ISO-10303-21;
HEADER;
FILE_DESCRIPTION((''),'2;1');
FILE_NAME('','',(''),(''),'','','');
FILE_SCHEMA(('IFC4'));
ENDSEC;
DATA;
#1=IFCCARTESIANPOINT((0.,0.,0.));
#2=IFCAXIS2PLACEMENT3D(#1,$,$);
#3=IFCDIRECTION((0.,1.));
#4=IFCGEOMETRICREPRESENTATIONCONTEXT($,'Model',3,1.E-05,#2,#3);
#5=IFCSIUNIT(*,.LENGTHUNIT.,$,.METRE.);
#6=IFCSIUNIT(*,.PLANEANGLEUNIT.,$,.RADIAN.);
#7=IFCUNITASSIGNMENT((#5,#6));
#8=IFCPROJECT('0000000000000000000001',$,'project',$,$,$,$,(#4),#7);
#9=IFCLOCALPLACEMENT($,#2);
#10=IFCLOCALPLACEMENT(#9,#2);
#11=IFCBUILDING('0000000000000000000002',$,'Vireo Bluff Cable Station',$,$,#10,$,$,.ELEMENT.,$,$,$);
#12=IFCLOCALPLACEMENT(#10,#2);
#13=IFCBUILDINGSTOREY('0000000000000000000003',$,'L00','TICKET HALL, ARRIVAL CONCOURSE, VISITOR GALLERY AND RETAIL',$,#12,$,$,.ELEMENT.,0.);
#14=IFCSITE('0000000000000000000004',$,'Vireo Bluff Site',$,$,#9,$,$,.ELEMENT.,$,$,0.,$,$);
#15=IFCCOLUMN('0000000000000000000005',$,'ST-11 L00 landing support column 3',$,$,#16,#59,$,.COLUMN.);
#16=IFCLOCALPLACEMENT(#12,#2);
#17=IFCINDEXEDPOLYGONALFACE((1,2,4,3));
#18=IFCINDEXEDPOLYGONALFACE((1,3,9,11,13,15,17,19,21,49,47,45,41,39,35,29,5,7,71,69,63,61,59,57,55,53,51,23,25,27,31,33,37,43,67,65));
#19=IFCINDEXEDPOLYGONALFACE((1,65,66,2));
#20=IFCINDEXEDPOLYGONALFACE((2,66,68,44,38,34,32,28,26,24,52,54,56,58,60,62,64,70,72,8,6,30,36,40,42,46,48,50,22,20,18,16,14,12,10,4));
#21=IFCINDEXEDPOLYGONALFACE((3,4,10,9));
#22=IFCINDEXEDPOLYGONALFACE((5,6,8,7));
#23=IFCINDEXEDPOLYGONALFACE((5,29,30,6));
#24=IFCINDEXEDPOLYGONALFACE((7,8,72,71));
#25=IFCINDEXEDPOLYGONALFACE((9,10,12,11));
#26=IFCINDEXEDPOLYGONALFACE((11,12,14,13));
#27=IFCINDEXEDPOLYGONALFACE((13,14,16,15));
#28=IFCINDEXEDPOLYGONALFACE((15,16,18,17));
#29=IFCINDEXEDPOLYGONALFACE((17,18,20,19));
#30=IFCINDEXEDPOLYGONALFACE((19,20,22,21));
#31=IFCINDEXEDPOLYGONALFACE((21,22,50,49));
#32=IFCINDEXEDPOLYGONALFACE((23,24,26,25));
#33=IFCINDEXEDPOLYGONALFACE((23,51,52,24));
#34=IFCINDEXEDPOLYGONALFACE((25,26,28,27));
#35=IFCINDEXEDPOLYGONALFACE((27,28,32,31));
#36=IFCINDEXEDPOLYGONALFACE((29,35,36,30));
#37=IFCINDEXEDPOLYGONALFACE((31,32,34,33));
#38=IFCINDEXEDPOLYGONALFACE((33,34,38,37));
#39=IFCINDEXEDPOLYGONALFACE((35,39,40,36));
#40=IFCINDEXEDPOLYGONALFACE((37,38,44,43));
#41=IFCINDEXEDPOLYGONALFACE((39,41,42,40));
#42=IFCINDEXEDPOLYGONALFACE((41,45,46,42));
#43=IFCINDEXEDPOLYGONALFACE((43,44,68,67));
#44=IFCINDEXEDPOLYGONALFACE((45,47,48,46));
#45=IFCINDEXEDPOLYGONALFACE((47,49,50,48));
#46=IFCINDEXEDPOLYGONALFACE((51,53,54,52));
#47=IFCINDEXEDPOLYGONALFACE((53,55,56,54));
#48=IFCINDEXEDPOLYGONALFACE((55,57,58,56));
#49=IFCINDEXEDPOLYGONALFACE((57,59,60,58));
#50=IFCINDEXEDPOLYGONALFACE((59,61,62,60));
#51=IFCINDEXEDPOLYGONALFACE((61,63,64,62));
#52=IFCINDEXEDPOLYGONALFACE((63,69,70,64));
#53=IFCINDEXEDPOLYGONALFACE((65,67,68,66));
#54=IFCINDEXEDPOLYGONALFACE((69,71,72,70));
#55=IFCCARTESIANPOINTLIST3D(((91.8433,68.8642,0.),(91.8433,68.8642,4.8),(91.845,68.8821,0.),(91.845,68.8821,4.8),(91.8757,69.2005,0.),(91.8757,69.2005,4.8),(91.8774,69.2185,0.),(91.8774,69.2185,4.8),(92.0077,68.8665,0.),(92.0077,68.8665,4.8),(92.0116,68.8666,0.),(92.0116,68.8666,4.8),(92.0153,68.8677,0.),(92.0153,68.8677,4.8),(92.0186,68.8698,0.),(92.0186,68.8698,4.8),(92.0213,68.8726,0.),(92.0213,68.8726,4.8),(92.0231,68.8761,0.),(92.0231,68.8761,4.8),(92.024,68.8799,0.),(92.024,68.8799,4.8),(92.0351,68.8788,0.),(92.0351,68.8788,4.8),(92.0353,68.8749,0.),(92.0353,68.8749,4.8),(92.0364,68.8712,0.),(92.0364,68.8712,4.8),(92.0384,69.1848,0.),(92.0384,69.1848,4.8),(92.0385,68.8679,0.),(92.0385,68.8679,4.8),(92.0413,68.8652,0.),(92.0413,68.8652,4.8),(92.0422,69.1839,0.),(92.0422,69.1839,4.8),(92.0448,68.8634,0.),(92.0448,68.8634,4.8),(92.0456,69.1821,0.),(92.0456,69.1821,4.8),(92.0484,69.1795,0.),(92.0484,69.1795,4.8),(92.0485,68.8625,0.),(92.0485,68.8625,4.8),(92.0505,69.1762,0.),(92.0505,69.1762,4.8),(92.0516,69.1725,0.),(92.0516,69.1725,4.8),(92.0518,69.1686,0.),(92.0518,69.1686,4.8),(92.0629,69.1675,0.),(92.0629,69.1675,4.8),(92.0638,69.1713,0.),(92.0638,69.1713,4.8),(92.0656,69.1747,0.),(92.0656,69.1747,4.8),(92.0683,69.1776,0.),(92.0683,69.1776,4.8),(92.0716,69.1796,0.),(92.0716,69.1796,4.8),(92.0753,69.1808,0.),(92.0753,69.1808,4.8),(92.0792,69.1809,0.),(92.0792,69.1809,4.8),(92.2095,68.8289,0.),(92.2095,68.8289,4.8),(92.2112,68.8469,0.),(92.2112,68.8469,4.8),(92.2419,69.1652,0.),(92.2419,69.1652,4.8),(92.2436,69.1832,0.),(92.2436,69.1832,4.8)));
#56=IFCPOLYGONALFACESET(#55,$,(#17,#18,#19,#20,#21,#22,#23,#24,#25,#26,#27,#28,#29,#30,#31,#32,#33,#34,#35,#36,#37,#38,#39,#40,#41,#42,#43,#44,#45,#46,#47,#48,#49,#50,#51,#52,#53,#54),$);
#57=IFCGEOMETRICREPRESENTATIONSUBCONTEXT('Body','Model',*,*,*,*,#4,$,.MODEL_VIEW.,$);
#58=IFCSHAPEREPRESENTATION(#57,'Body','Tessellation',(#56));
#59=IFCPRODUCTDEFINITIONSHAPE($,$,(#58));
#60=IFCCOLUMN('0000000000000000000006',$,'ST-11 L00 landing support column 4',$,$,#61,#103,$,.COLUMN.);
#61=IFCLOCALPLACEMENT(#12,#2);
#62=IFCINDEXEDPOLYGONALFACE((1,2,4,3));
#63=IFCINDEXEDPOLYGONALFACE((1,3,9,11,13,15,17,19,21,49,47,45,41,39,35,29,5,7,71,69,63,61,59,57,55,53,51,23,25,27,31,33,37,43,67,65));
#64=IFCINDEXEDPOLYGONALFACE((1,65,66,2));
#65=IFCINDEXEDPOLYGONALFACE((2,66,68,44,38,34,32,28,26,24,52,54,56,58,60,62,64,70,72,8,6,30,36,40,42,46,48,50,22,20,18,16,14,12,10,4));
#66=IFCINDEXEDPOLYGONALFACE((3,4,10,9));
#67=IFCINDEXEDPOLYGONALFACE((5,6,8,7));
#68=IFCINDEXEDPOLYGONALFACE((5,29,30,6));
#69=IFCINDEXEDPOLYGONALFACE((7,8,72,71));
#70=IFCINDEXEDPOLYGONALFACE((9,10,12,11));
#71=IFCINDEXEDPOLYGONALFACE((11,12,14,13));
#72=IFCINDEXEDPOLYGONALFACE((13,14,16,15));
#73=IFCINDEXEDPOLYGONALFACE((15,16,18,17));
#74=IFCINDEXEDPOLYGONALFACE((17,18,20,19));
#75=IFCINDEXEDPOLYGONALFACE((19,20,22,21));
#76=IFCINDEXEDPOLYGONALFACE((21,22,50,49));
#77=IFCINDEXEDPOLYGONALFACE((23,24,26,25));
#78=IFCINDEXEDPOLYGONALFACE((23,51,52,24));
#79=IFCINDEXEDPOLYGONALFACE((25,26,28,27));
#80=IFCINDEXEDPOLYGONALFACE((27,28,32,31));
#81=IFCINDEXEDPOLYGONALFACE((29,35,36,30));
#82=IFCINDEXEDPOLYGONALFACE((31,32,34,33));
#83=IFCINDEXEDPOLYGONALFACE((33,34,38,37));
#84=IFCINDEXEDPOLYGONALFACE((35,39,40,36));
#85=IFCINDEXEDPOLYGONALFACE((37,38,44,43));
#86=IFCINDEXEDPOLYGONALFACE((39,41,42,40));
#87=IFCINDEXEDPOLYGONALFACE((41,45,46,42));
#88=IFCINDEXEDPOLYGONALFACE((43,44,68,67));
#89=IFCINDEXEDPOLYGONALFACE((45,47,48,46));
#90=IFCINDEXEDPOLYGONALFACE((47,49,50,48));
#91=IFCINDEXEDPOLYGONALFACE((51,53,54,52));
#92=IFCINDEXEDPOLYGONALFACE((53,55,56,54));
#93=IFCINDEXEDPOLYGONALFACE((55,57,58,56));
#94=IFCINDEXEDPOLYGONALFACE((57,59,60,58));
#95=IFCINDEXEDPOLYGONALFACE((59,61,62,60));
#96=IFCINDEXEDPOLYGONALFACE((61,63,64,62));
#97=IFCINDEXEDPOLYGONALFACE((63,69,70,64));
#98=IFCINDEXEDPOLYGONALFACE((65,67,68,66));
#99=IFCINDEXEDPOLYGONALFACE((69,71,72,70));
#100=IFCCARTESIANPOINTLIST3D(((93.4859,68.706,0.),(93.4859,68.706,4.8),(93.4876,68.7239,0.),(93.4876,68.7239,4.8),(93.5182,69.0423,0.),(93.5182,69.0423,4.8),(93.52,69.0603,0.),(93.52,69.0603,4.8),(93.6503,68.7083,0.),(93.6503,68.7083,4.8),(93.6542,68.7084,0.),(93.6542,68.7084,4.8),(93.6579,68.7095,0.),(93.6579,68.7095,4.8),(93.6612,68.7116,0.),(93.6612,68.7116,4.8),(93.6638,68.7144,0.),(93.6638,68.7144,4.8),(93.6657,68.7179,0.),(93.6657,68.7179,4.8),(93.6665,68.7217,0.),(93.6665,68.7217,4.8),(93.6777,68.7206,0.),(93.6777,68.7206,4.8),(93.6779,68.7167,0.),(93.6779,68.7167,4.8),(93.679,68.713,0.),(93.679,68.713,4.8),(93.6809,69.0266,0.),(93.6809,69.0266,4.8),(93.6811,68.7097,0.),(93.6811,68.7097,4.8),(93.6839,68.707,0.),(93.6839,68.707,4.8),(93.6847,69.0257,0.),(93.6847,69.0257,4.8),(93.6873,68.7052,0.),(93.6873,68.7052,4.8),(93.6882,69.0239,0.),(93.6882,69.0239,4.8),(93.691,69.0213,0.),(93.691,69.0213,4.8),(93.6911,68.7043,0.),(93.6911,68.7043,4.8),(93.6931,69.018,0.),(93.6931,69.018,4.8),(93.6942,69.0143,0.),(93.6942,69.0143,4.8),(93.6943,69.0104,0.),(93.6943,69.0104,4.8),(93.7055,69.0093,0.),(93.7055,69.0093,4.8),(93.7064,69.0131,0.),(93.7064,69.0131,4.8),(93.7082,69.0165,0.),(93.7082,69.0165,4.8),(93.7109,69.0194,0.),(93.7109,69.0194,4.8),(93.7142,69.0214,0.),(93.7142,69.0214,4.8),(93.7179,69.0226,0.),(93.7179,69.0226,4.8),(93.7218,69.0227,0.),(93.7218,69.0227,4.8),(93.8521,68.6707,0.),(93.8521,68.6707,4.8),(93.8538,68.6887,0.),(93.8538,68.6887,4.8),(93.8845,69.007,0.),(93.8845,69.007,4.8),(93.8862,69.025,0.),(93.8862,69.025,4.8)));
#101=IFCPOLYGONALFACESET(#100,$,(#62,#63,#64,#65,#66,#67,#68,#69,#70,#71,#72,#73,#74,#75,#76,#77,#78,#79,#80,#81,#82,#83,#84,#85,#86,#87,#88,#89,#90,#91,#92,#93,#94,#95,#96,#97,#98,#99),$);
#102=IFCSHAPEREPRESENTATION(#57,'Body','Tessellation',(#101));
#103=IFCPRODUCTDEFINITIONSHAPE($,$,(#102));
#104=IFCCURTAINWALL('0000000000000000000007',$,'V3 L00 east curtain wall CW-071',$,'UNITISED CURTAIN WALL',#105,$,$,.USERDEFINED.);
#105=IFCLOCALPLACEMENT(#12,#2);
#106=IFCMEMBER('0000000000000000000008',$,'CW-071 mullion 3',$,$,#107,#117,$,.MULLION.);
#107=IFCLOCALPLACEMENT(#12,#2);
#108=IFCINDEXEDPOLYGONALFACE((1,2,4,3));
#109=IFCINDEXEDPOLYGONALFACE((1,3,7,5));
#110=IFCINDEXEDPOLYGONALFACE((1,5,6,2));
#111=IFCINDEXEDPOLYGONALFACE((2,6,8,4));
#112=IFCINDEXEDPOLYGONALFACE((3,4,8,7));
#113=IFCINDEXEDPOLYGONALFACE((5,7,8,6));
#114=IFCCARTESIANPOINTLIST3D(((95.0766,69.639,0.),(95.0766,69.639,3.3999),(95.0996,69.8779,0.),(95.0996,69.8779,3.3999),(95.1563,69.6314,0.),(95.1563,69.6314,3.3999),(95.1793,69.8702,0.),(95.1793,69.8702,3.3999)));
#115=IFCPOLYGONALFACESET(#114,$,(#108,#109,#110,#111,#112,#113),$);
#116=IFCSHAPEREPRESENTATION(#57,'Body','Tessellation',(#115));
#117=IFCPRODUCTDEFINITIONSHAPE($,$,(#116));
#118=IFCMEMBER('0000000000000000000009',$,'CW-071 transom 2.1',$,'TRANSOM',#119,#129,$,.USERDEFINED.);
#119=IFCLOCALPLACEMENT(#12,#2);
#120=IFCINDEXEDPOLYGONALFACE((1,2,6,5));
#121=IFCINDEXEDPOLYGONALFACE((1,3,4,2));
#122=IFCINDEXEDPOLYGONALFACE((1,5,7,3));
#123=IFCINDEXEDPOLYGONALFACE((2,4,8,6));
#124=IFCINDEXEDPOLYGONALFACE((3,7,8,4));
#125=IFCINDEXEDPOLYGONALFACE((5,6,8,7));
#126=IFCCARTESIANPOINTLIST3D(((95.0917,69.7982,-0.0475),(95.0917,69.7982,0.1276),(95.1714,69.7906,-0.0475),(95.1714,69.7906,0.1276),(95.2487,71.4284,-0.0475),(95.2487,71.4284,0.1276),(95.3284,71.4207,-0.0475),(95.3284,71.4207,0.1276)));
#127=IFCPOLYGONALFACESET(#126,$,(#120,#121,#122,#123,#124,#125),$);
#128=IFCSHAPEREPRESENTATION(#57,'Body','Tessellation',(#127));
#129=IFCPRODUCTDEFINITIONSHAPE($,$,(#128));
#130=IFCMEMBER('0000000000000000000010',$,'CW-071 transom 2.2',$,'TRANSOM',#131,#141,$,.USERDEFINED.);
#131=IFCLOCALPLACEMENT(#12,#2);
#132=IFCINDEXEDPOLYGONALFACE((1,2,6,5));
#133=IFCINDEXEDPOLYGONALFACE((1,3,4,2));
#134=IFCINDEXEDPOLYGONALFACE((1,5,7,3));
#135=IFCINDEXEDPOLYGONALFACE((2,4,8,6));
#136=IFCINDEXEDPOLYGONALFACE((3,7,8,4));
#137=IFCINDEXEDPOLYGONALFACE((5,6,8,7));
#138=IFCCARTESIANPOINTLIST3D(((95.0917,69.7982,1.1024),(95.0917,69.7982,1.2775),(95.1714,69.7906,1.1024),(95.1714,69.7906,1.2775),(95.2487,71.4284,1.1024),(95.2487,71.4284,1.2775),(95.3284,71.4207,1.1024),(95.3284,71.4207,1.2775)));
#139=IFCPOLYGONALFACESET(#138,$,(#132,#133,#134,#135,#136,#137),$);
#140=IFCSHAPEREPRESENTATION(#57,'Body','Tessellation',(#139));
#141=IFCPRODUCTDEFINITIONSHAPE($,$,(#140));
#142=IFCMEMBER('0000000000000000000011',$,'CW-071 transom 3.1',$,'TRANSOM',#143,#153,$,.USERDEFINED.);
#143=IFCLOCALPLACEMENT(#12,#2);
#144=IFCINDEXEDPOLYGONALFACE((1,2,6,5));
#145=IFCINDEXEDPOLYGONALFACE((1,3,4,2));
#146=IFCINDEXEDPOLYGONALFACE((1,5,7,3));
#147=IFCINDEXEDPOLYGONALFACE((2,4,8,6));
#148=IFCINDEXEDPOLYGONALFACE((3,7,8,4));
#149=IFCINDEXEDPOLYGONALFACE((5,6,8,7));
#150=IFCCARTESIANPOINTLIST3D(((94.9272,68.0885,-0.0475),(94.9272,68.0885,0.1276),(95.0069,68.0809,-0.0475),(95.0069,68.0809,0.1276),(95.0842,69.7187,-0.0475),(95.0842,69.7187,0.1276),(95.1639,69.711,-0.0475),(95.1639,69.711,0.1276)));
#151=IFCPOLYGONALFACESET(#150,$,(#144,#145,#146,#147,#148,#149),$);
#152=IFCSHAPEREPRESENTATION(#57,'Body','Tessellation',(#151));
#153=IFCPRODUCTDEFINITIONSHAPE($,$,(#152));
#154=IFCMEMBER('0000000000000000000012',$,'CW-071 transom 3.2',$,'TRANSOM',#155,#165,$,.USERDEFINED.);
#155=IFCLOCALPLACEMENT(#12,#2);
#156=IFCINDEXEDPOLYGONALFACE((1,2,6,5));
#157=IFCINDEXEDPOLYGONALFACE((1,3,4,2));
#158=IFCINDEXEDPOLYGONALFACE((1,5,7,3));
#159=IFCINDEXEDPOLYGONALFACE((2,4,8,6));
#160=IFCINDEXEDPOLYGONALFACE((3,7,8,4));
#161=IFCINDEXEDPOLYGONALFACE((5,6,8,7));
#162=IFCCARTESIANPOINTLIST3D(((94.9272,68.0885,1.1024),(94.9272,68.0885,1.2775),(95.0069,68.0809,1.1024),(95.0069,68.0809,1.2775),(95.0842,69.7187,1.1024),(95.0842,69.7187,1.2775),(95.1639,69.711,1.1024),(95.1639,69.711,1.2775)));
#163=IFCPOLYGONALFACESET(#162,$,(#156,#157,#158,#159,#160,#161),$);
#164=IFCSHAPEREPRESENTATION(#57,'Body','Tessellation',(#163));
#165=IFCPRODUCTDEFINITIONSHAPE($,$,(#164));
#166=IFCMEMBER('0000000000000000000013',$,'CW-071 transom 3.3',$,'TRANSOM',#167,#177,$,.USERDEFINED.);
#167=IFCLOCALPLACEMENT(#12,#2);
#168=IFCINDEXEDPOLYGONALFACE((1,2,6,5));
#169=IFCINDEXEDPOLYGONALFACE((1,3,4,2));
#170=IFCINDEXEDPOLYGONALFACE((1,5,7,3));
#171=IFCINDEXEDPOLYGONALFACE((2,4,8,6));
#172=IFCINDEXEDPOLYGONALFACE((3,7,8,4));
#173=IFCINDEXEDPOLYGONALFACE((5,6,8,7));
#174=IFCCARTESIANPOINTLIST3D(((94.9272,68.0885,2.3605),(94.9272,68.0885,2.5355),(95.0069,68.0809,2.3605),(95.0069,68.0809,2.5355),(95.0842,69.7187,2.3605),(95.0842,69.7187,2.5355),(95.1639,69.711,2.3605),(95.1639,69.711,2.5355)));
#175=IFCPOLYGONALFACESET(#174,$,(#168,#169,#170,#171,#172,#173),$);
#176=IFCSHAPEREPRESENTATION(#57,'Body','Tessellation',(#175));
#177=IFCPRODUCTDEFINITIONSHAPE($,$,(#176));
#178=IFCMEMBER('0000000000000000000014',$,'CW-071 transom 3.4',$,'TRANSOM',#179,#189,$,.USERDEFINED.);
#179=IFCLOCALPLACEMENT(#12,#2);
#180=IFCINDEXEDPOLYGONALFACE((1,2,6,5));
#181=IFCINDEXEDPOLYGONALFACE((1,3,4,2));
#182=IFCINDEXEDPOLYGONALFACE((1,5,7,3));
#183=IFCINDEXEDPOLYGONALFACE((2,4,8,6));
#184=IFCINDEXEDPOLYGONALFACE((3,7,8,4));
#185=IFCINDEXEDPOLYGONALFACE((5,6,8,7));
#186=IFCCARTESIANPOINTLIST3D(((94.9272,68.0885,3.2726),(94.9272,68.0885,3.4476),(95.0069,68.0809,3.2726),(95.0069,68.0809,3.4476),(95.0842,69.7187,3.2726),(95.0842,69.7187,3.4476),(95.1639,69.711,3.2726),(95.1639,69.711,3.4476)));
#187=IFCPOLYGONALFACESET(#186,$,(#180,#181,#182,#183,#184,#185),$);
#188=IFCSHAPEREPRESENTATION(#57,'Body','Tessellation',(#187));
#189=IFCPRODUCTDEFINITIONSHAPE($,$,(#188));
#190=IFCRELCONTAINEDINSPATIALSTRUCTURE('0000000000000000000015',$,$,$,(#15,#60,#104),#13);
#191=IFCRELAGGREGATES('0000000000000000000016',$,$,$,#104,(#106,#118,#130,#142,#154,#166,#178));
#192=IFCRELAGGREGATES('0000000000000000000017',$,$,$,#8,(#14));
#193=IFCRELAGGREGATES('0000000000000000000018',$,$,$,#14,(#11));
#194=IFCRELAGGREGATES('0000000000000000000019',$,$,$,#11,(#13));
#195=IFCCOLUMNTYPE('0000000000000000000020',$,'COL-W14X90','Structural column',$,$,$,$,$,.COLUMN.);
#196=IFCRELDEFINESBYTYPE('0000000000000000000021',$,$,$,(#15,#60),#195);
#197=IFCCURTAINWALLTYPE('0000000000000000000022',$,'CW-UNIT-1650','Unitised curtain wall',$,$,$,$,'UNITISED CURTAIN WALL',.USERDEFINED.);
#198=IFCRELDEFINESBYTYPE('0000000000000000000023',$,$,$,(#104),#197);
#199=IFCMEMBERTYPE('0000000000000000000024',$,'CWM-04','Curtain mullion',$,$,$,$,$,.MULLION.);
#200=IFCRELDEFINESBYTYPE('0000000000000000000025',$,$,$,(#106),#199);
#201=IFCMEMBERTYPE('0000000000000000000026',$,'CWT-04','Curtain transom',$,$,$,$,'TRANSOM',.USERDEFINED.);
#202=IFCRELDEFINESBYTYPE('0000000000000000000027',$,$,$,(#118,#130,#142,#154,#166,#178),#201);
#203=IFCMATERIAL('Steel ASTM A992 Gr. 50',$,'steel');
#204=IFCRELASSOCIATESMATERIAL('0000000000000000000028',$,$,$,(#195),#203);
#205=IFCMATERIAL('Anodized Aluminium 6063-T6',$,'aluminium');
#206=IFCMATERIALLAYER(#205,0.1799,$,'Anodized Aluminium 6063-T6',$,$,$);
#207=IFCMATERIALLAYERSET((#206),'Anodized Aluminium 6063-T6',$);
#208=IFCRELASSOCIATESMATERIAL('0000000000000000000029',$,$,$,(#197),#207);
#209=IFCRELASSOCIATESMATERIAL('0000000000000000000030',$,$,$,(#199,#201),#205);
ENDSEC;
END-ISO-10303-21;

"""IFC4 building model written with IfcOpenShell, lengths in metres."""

from ifc_helpers import new_model, si_unit, direction, frame, origin, origin_2d, place, context, subcontext, project, spatial, rectangle, i_section, extrude, material, layer, layer_set, material_profile, profile_set, type_object, element, aggregate, save


model = new_model("IFC4")

# Units and contexts
model_context = context("Model", 3, precision=1e-05, world=origin(), true_north=direction((0.0, 1.0)))
body_context = subcontext(model_context, "Body", "Model", "MODEL_VIEW")
ifc_project = project(units=[si_unit("LENGTHUNIT", "METRE"), si_unit("PLANEANGLEUNIT", "RADIAN")], contexts=[model_context])

# Site, building, storey
site_placement = place(None, origin())
site = spatial("IfcSite", under=ifc_project, at=site_placement, Name="Vireo Bluff Site", CompositionType="ELEMENT", RefElevation=0.0)
building_placement = place(site_placement, origin())
building = spatial("IfcBuilding", under=site, at=building_placement, Name="Vireo Bluff Cable Station", CompositionType="ELEMENT")
storey_placement = place(building_placement, origin())
storey = spatial("IfcBuildingStorey", under=building, at=storey_placement, Name="L00", Description="TICKET HALL, ARRIVAL CONCOURSE, VISITOR GALLERY AND RETAIL", CompositionType="ELEMENT", Elevation=0.0)

# Columns
ifc_material_1 = material(Name="Steel ASTM A992 Gr. 50", Category="steel")
ifc_material_profile_1 = material_profile(ifc_material_1, i_section(OverallWidth=0.3679, OverallDepth=0.356, WebThickness=0.0112, FlangeThickness=0.0181, FilletRadius=0.0149, at=origin_2d()), Name="W14X90")
ifc_profile_set_1 = profile_set([ifc_material_profile_1], Name="Steel ASTM A992 Gr. 50")
column_type = type_object("IfcColumnType", Name="COL-W14X90", Description="Structural column", PredefinedType="COLUMN", material=ifc_profile_set_1)
for number, where, z_axis, x_axis, name in (
    (1, (92.0435, 69.0237, 0.0), (0.0, 0.0, 1.0), (0.995396, -0.095846, 0.0), "ST-11 L00 landing support column 3"),
    (2, (93.686, 68.8655, 0.0), (0.0, 0.0, 1.0), (0.995396, -0.095846, 0.0), "ST-11 L00 landing support column 4"),
):
    element("IfcColumn", number, at=place(storey_placement, frame(where, z_axis=z_axis, x_axis=x_axis)), inside=storey, type_object=column_type, Name=name, PredefinedType="COLUMN", context=body_context, shape_type="SweptSolid", body=[
        extrude(i_section(OverallWidth=0.3679, OverallDepth=0.356, WebThickness=0.0112, FlangeThickness=0.0181, FilletRadius=0.0149, at=origin_2d()), origin(), (0.0, 0.0, 1.0), 4.8),
    ])

# Curtain wall, members
ifc_material_2 = material(Name="Anodized Aluminium 6063-T6", Category="aluminium")
ifc_layer_1 = layer(ifc_material_2, 0.1799, Name="Anodized Aluminium 6063-T6")
ifc_layer_set_1 = layer_set([ifc_layer_1], Name="Anodized Aluminium 6063-T6")
curtain_wall_type = type_object("IfcCurtainWallType", Name="CW-UNIT-1650", Description="Unitised curtain wall", ElementType="UNITISED CURTAIN WALL", PredefinedType="USERDEFINED", material=ifc_layer_set_1)
curtain_wall_placement = place(storey_placement, origin())
curtain_wall = element("IfcCurtainWall", 3, at=curtain_wall_placement, inside=storey, type_object=curtain_wall_type, Name="V3 L00 east curtain wall CW-071", ObjectType="UNITISED CURTAIN WALL", PredefinedType="USERDEFINED")
ifc_material_profile_2 = material_profile(ifc_material_2, rectangle(XDim=0.0801, YDim=0.24, at=origin_2d()), Name="ALU-M-80X240")
ifc_profile_set_2 = profile_set([ifc_material_profile_2], Name="Anodized Aluminium 6063-T6")
member_type_1 = type_object("IfcMemberType", Name="CWM-04", Description="Curtain mullion", PredefinedType="MULLION", material=ifc_profile_set_2)
member_1_placement = place(storey_placement, frame((95.1279, 69.7546, 0.0), z_axis=(0.0, 0.0, 1.0), x_axis=(0.995396, -0.095846, 0.0)))
member_1 = element("IfcMember", 4, at=member_1_placement, type_object=member_type_1, Name="CW-071 mullion 3", PredefinedType="MULLION", context=body_context, shape_type="SweptSolid", body=[
    extrude(rectangle(XDim=0.0801, YDim=0.24, at=origin_2d()), origin(), (0.0, 0.0, 1.0), 3.3999),
])
ifc_material_profile_3 = material_profile(ifc_material_2, rectangle(XDim=0.0801, YDim=0.175, at=origin_2d()), Name="ALU-T-80X175")
ifc_profile_set_3 = profile_set([ifc_material_profile_3], Name="Anodized Aluminium 6063-T6")
member_type_2 = type_object("IfcMemberType", Name="CWT-04", Description="Curtain transom", ElementType="TRANSOM", PredefinedType="USERDEFINED", material=ifc_profile_set_3)
member_2_placement = place(storey_placement, frame((95.2886, 71.4246, 0.04), z_axis=(-0.095857, -0.995395, 0.0), x_axis=(0.995395, -0.095857, 0.0)))
member_2 = element("IfcMember", 5, at=member_2_placement, type_object=member_type_2, Name="CW-071 transom 2.1", ObjectType="TRANSOM", PredefinedType="USERDEFINED", context=body_context, shape_type="SweptSolid", body=[
    extrude(rectangle(XDim=0.0801, YDim=0.175, at=origin_2d()), origin(), (0.0, 0.0, 1.0), 1.6377),
])
member_3_placement = place(storey_placement, frame((95.2886, 71.4246, 1.1899), z_axis=(-0.095857, -0.995395, 0.0), x_axis=(0.995395, -0.095857, 0.0)))
member_3 = element("IfcMember", 6, at=member_3_placement, type_object=member_type_2, Name="CW-071 transom 2.2", ObjectType="TRANSOM", PredefinedType="USERDEFINED", context=body_context, shape_type="SweptSolid", body=[
    extrude(rectangle(XDim=0.0801, YDim=0.175, at=origin_2d()), origin(), (0.0, 0.0, 1.0), 1.6377),
])
member_4_placement = place(storey_placement, frame((95.124, 69.7148, 0.04), z_axis=(-0.095857, -0.995395, 0.0), x_axis=(0.995395, -0.095857, 0.0)))
member_4 = element("IfcMember", 7, at=member_4_placement, type_object=member_type_2, Name="CW-071 transom 3.1", ObjectType="TRANSOM", PredefinedType="USERDEFINED", context=body_context, shape_type="SweptSolid", body=[
    extrude(rectangle(XDim=0.0801, YDim=0.175, at=origin_2d()), origin(), (0.0, 0.0, 1.0), 1.6377),
])
member_5_placement = place(storey_placement, frame((95.124, 69.7148, 1.1899), z_axis=(-0.095857, -0.995395, 0.0), x_axis=(0.995395, -0.095857, 0.0)))
member_5 = element("IfcMember", 8, at=member_5_placement, type_object=member_type_2, Name="CW-071 transom 3.2", ObjectType="TRANSOM", PredefinedType="USERDEFINED", context=body_context, shape_type="SweptSolid", body=[
    extrude(rectangle(XDim=0.0801, YDim=0.175, at=origin_2d()), origin(), (0.0, 0.0, 1.0), 1.6377),
])
member_6_placement = place(storey_placement, frame((95.124, 69.7148, 2.448), z_axis=(-0.095857, -0.995395, 0.0), x_axis=(0.995395, -0.095857, 0.0)))
member_6 = element("IfcMember", 9, at=member_6_placement, type_object=member_type_2, Name="CW-071 transom 3.3", ObjectType="TRANSOM", PredefinedType="USERDEFINED", context=body_context, shape_type="SweptSolid", body=[
    extrude(rectangle(XDim=0.0801, YDim=0.175, at=origin_2d()), origin(), (0.0, 0.0, 1.0), 1.6377),
])
member_7_placement = place(storey_placement, frame((95.124, 69.7148, 3.3601), z_axis=(-0.095857, -0.995395, 0.0), x_axis=(0.995395, -0.095857, 0.0)))
member_7 = element("IfcMember", 10, at=member_7_placement, type_object=member_type_2, Name="CW-071 transom 3.4", ObjectType="TRANSOM", PredefinedType="USERDEFINED", context=body_context, shape_type="SweptSolid", body=[
    extrude(rectangle(XDim=0.0801, YDim=0.175, at=origin_2d()), origin(), (0.0, 0.0, 1.0), 1.6377),
])

aggregate(curtain_wall, [member_1, member_2, member_3, member_4, member_5, member_6, member_7])

save(model, "model.ifc")
